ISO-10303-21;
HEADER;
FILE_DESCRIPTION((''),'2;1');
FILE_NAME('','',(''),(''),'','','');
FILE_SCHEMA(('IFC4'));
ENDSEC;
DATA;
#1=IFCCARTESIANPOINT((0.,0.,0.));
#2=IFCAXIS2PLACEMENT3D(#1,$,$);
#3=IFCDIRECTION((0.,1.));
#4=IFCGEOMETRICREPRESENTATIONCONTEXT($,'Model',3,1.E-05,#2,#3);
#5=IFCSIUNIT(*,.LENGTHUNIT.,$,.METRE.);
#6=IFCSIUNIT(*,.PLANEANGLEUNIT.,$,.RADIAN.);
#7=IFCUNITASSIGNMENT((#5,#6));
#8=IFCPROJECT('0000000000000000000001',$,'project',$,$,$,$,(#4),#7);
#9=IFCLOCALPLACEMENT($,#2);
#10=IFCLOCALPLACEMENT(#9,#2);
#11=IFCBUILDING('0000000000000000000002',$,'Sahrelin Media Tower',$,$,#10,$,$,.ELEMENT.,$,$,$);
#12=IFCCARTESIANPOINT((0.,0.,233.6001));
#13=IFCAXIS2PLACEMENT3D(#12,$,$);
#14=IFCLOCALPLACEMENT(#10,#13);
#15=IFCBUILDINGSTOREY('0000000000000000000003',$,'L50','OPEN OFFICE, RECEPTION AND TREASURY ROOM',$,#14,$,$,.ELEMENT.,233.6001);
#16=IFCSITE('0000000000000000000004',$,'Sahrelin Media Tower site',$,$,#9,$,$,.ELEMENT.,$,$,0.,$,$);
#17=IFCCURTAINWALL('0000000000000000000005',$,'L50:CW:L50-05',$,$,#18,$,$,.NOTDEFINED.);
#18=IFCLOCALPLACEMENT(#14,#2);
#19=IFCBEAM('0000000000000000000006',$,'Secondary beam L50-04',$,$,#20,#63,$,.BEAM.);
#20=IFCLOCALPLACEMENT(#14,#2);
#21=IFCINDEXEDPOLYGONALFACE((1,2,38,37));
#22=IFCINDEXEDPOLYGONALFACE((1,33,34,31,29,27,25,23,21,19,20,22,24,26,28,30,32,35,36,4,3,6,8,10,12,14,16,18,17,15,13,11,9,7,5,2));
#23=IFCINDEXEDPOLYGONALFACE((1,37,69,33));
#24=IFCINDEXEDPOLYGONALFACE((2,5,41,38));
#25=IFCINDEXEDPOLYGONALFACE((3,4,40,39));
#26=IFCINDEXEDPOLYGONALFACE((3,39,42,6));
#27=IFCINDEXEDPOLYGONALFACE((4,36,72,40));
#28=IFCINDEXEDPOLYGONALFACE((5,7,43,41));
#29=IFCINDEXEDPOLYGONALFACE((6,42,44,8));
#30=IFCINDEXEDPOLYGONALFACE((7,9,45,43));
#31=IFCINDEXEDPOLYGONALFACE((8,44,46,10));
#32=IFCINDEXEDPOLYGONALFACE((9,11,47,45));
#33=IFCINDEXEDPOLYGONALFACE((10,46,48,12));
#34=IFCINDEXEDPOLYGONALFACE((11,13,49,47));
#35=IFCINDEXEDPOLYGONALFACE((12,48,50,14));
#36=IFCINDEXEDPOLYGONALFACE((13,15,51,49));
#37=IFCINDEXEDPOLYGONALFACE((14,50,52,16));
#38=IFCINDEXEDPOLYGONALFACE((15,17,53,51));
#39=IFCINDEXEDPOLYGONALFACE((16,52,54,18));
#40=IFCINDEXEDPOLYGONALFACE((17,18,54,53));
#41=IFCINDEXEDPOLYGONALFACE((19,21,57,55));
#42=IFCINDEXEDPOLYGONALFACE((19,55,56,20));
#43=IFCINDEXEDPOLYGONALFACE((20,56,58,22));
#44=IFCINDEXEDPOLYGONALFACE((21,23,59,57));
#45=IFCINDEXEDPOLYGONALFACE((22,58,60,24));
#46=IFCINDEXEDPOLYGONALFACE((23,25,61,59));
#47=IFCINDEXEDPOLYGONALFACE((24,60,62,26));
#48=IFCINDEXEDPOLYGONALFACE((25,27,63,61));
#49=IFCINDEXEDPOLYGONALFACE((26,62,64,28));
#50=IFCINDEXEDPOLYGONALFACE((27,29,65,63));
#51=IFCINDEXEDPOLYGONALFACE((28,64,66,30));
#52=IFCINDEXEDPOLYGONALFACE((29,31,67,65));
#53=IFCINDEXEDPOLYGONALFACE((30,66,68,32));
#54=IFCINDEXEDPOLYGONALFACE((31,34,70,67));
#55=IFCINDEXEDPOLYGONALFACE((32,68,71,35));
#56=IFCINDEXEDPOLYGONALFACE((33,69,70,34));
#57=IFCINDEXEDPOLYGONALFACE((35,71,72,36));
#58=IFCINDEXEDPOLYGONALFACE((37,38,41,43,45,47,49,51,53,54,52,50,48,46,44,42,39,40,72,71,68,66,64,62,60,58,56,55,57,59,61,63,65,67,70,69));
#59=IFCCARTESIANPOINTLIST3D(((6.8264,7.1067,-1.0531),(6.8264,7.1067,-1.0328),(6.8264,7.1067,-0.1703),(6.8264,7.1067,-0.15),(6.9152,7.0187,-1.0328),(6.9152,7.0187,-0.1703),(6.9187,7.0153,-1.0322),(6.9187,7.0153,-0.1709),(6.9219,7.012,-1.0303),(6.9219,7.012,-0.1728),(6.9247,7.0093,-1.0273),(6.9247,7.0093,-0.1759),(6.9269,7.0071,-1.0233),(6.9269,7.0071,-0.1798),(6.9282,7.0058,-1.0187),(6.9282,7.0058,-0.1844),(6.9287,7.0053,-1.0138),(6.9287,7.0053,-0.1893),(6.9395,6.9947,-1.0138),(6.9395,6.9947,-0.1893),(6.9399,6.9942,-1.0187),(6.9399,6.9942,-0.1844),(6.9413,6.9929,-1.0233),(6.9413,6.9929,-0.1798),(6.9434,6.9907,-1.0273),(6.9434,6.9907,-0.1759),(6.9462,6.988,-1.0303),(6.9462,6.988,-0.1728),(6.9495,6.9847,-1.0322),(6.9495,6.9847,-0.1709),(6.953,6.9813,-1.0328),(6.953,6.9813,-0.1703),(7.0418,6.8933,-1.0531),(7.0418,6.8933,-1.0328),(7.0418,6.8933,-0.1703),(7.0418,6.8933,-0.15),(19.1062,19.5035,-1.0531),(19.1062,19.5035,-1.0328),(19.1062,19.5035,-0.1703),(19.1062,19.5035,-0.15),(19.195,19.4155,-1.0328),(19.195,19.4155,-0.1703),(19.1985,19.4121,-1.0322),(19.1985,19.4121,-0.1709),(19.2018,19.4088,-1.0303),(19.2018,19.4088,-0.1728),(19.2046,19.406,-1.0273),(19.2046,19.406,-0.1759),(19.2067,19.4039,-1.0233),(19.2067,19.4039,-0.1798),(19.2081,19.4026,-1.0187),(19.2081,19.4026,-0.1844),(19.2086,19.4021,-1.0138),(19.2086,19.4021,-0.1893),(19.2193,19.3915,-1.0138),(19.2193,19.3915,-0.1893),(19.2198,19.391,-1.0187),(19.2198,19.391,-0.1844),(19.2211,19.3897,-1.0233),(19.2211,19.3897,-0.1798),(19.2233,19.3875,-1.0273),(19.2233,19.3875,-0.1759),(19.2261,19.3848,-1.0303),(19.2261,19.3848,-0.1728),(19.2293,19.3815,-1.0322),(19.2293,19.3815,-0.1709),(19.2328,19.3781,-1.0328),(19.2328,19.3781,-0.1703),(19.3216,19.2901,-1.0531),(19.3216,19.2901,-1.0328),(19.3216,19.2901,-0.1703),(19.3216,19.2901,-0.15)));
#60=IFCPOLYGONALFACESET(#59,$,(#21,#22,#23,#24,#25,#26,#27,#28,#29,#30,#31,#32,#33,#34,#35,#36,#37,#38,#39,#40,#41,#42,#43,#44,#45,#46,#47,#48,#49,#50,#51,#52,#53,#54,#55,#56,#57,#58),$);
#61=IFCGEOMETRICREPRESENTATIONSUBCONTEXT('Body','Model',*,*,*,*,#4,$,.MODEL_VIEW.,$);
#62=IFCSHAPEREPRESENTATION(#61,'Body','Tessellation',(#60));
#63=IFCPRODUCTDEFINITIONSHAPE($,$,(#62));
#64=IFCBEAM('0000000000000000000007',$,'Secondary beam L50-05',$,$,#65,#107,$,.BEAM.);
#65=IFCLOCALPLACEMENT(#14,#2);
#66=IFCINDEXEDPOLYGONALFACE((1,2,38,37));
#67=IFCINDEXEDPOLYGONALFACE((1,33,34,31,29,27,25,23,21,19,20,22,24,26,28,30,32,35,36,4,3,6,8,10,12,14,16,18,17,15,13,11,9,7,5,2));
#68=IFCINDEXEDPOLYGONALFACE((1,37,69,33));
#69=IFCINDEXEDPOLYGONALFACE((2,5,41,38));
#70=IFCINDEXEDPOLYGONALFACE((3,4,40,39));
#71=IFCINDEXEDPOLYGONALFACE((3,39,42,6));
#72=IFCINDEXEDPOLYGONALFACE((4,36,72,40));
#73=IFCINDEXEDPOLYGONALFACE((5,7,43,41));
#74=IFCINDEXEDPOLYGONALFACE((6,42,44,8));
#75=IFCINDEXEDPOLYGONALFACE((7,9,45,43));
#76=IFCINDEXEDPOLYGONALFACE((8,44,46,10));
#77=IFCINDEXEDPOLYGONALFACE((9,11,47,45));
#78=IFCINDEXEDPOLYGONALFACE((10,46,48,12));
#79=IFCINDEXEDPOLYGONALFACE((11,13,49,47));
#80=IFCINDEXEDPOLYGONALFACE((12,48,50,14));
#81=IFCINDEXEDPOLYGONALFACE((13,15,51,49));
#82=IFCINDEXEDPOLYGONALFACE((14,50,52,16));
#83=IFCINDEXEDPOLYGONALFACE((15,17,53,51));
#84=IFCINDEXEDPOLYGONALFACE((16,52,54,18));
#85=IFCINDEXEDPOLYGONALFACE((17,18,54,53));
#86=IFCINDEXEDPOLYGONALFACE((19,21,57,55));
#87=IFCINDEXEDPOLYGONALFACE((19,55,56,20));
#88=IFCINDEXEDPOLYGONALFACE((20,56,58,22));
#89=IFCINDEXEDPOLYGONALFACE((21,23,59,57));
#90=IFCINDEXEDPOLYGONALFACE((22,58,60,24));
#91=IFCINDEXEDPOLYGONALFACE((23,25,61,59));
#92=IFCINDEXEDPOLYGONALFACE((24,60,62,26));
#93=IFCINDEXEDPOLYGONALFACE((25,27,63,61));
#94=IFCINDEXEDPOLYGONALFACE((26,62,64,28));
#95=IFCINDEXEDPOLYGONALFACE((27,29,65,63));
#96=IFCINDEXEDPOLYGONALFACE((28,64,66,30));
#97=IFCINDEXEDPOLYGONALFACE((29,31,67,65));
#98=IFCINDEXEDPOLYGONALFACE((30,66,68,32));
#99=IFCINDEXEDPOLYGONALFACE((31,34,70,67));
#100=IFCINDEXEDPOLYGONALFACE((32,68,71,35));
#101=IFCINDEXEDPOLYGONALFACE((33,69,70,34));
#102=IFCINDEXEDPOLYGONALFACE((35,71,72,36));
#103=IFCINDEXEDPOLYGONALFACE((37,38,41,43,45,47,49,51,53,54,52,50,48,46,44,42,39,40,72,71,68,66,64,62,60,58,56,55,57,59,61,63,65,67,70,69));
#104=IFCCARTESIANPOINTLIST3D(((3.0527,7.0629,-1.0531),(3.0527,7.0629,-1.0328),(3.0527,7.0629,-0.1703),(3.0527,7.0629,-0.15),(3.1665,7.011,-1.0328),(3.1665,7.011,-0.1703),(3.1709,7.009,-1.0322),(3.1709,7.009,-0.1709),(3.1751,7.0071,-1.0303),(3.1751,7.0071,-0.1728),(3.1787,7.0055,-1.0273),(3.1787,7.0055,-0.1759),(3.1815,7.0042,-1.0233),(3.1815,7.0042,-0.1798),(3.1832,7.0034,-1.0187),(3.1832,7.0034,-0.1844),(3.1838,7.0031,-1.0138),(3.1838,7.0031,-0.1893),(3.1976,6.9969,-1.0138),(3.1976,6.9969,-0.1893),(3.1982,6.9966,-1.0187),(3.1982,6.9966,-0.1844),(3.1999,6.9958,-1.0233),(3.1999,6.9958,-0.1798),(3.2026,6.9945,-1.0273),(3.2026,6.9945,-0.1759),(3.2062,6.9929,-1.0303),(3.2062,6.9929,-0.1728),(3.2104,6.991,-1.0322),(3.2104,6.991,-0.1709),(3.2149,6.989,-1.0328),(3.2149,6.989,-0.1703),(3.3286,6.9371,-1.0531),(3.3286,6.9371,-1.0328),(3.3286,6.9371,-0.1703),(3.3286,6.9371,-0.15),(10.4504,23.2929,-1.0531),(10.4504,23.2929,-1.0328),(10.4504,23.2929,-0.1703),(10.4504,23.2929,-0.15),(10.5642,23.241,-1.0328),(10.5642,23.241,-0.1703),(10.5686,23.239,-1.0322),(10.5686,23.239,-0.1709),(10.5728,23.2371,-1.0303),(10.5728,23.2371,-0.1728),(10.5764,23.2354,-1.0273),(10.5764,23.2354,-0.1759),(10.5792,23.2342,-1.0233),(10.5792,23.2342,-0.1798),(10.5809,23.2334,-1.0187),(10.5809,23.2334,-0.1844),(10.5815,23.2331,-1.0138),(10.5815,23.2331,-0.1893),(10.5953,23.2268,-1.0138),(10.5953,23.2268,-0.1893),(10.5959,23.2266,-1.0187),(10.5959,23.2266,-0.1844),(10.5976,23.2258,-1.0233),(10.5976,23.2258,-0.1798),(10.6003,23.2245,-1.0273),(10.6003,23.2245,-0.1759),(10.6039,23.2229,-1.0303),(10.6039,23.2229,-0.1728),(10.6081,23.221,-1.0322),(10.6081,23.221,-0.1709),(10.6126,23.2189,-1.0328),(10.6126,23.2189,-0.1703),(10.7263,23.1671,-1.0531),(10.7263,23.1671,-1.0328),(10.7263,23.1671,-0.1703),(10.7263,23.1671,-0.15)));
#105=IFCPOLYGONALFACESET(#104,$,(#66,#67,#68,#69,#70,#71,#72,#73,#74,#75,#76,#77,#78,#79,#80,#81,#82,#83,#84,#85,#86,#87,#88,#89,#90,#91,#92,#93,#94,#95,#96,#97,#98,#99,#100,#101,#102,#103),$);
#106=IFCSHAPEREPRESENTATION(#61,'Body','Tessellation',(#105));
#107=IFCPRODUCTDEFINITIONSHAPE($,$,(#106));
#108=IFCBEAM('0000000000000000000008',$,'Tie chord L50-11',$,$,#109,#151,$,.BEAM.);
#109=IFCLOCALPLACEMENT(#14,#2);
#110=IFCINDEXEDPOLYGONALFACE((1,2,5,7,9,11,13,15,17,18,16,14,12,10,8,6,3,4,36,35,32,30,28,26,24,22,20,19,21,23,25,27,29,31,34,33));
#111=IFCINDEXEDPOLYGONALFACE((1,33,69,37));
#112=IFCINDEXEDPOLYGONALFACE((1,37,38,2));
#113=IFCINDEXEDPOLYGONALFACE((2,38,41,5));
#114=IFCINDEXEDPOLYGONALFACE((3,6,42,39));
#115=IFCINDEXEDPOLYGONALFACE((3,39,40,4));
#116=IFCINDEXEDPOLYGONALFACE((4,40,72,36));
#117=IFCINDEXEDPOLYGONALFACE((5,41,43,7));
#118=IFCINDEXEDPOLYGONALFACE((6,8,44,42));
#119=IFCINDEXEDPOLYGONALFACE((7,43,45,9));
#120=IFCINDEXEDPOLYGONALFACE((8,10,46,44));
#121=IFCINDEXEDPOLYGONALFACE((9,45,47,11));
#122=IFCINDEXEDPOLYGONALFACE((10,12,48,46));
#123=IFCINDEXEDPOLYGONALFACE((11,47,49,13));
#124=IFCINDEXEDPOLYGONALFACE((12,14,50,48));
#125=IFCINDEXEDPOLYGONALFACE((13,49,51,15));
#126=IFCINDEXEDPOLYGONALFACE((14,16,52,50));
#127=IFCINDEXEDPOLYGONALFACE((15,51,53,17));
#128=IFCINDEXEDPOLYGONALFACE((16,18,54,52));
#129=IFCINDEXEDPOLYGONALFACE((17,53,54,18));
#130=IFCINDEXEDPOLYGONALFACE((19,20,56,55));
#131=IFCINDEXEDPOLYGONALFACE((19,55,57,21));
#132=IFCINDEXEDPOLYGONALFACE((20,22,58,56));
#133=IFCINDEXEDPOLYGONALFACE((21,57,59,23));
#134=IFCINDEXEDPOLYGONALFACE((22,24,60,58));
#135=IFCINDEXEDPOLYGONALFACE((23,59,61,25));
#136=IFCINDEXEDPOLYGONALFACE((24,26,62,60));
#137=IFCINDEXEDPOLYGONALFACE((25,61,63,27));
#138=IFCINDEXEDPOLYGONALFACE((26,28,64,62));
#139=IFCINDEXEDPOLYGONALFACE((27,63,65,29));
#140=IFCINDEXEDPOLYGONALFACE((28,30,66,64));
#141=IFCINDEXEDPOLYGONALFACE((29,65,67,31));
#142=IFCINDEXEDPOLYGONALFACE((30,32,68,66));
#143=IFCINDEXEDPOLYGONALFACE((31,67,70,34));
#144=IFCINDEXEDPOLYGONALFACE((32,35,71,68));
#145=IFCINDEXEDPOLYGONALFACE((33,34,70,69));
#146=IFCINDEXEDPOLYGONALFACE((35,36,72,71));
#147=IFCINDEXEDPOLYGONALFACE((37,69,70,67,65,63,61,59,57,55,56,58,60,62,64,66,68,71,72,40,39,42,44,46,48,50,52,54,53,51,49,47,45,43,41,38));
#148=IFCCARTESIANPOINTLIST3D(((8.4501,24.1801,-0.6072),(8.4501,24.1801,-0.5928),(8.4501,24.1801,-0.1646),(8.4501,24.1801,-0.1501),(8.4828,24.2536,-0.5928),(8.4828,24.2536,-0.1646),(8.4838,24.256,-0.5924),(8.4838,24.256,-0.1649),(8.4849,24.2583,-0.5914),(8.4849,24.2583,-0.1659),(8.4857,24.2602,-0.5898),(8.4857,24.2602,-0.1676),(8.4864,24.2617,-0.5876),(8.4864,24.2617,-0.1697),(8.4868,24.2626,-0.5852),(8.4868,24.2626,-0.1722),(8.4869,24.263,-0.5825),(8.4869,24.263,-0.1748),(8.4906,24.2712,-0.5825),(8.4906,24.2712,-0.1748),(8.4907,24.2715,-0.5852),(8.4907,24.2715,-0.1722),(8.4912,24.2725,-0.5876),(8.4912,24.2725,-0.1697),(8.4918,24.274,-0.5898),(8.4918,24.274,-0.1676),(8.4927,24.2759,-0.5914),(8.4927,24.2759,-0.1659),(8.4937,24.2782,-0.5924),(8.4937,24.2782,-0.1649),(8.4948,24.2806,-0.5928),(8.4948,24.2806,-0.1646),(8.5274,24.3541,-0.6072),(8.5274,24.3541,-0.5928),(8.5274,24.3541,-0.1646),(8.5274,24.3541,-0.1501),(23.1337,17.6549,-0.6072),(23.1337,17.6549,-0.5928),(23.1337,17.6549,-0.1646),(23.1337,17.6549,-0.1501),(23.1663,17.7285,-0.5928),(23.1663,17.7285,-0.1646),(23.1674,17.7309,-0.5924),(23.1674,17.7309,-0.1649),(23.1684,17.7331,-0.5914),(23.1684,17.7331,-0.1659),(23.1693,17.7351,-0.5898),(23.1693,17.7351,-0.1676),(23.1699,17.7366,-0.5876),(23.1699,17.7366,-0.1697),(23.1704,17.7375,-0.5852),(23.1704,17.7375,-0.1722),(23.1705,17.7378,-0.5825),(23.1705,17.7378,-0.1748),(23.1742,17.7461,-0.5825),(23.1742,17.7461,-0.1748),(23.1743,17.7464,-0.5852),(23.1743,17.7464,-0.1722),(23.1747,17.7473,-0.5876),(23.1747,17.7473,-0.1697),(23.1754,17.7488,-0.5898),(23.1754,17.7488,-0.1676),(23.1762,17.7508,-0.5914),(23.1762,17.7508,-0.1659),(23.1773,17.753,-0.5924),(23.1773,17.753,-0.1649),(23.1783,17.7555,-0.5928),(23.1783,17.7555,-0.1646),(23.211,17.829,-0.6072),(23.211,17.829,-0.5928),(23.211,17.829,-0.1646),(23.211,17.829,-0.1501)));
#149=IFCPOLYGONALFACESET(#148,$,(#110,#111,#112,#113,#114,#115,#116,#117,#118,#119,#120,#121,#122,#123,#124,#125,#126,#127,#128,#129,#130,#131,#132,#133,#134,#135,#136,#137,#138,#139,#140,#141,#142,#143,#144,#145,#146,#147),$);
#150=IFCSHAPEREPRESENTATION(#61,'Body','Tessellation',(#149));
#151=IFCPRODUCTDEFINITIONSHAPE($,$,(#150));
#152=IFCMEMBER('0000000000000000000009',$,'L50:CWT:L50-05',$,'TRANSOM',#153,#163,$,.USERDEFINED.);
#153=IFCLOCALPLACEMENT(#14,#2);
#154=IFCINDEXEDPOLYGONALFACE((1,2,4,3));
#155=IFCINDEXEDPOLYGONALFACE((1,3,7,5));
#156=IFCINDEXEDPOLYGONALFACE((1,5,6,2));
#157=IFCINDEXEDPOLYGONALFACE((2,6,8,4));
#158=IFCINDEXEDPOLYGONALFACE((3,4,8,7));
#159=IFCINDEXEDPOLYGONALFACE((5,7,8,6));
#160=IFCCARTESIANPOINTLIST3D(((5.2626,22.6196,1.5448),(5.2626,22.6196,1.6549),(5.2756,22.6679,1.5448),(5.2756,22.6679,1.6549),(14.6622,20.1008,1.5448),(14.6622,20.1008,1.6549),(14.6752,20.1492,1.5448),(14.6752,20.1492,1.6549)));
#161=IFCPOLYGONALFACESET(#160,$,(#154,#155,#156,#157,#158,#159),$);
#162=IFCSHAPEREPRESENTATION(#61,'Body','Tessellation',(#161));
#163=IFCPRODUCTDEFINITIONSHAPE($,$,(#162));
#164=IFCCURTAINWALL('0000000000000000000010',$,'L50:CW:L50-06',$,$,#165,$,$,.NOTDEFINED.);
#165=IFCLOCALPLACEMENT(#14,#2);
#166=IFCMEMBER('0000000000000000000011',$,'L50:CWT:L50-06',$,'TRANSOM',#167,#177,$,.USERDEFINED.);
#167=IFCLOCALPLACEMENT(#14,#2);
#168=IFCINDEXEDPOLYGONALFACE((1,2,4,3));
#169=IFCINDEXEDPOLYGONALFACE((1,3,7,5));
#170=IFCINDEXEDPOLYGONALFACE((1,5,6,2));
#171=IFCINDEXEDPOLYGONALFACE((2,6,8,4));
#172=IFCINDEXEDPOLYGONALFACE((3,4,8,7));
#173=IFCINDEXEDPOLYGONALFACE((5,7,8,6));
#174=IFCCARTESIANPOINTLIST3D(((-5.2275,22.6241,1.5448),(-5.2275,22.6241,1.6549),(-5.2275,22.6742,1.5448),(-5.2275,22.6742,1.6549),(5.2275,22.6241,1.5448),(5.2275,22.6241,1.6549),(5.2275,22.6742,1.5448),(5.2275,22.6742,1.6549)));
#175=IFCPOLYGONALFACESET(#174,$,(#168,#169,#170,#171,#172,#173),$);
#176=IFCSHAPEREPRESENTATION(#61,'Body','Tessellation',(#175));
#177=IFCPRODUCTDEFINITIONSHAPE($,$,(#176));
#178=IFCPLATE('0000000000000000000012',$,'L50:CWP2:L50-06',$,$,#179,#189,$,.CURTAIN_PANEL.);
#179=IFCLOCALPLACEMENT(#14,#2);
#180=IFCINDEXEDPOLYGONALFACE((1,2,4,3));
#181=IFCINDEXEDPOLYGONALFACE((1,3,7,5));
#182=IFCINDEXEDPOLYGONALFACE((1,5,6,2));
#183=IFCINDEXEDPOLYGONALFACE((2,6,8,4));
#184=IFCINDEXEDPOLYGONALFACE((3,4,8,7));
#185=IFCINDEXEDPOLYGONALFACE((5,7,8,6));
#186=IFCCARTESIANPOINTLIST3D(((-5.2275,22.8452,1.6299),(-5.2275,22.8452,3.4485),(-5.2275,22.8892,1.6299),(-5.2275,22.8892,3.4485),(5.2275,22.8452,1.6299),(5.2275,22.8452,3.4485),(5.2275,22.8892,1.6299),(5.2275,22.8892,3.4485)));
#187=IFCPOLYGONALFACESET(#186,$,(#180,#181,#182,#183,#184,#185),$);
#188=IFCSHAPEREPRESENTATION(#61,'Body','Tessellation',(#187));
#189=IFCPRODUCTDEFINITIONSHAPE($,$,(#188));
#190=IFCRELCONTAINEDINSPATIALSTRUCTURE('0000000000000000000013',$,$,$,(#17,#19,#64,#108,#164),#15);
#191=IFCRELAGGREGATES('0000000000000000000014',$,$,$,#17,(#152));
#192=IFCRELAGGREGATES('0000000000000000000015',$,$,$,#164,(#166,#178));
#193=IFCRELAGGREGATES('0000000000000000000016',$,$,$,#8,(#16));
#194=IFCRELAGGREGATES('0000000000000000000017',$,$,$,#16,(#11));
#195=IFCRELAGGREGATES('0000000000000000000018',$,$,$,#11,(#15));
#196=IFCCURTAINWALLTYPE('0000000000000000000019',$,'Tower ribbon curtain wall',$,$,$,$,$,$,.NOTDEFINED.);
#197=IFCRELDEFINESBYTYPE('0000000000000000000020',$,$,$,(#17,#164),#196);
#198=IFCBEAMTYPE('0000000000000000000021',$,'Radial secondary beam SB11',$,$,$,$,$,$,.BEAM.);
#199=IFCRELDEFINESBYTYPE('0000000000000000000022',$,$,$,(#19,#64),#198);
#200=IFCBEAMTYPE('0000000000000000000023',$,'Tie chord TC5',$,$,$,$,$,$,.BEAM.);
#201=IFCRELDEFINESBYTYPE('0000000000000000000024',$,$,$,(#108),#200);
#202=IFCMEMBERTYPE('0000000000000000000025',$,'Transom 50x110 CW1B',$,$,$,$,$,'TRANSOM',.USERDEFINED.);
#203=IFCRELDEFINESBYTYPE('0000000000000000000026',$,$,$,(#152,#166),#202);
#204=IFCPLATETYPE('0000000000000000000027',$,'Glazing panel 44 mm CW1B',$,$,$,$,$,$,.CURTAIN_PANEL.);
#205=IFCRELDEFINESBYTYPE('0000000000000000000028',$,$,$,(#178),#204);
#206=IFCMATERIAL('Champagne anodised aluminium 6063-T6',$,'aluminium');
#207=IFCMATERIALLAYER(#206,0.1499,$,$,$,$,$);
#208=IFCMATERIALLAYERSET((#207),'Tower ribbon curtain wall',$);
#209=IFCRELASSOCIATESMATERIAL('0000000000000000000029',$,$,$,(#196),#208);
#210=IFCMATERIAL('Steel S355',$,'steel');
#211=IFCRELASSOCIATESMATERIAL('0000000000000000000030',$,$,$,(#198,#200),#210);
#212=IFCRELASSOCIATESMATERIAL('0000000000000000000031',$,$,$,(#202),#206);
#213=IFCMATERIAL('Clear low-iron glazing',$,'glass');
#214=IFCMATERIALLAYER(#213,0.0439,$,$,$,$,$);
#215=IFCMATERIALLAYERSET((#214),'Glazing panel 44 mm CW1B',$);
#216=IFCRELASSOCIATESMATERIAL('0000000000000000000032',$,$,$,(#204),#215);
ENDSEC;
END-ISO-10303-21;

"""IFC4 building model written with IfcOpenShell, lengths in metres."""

from ifc_helpers import new_model, si_unit, direction, frame, origin, origin_2d, place, context, subcontext, project, spatial, polyline, rectangle, i_section, outline, extrude, material, layer, layer_set, material_profile, profile_set, type_object, element, aggregate, save


model = new_model("IFC4")

# Units and contexts
model_context = context("Model", 3, precision=1e-05, world=origin(), true_north=direction((0.0, 1.0)))
body_context = subcontext(model_context, "Body", "Model", "MODEL_VIEW")
ifc_project = project(units=[si_unit("LENGTHUNIT", "METRE"), si_unit("PLANEANGLEUNIT", "RADIAN")], contexts=[model_context])

# Site, building, storey
site_placement = place(None, origin())
site = spatial("IfcSite", under=ifc_project, at=site_placement, Name="Sahrelin Media Tower site", CompositionType="ELEMENT", RefElevation=0.0)
building_placement = place(site_placement, origin())
building = spatial("IfcBuilding", under=site, at=building_placement, Name="Sahrelin Media Tower", CompositionType="ELEMENT")
storey_placement = place(building_placement, frame((0.0, 0.0, 233.6001)))
storey = spatial("IfcBuildingStorey", under=building, at=storey_placement, Name="L50", Description="OPEN OFFICE, RECEPTION AND TREASURY ROOM", CompositionType="ELEMENT", Elevation=233.6001)

# Shared definitions
ifc_material_1 = material(Name="Steel S355", Category="steel")

# Curtain wall
ifc_material_2 = material(Name="Champagne anodised aluminium 6063-T6", Category="aluminium")
ifc_layer_1 = layer(ifc_material_2, 0.1499)
ifc_layer_set_1 = layer_set([ifc_layer_1], Name="Tower ribbon curtain wall")
curtain_wall_type = type_object("IfcCurtainWallType", Name="Tower ribbon curtain wall", PredefinedType="NOTDEFINED", material=ifc_layer_set_1)
curtain_wall_1_placement = place(storey_placement, frame((10.0256, 21.5969, 0.0), z_axis=(0.0, 0.0, 1.0), x_axis=(1.0, 0.0, 0.0)))
curtain_wall_1 = element("IfcCurtainWall", 1, at=curtain_wall_1_placement, inside=storey, type_object=curtain_wall_type, Name="L50:CW:L50-05", PredefinedType="NOTDEFINED")

# Beams
ifc_material_profile_1 = material_profile(ifc_material_1, i_section(OverallWidth=0.3032, OverallDepth=0.9031, WebThickness=0.0151, FlangeThickness=0.0203, FilletRadius=0.019, at=origin_2d()), Name="UB 914x305x201")
ifc_profile_set_1 = profile_set([ifc_material_profile_1], Name="Steel S355")
beam_type_1 = type_object("IfcBeamType", Name="Radial secondary beam SB11", PredefinedType="BEAM", material=ifc_profile_set_1)
beam_1_placement = place(storey_placement, frame((6.9341, 7.0, -0.6016), z_axis=(0.703748, 0.71045, 0.0), x_axis=(-0.71045, 0.703748, 0.0)))
element("IfcBeam", 2, at=beam_1_placement, inside=storey, type_object=beam_type_1, Name="Secondary beam L50-04", PredefinedType="BEAM", context=body_context, shape_type="SweptSolid", body=[
    extrude(i_section(OverallWidth=0.3032, OverallDepth=0.9031, WebThickness=0.0151, FlangeThickness=0.0203, FilletRadius=0.019, at=origin_2d()), origin(), (0.0, 0.0, 1.0), 17.4492),
])
beam_2_placement = place(storey_placement, frame((3.1907, 7.0, -0.6016), z_axis=(0.414753, 0.909934, 0.0), x_axis=(-0.909934, 0.414753, 0.0)))
element("IfcBeam", 3, at=beam_2_placement, inside=storey, type_object=beam_type_1, Name="Secondary beam L50-05", PredefinedType="BEAM", context=body_context, shape_type="SweptSolid", body=[
    extrude(i_section(OverallWidth=0.3032, OverallDepth=0.9031, WebThickness=0.0151, FlangeThickness=0.0203, FilletRadius=0.019, at=origin_2d()), origin(), (0.0, 0.0, 1.0), 17.8364),
])
ifc_material_profile_2 = material_profile(ifc_material_1, i_section(OverallWidth=0.1904, OverallDepth=0.457, WebThickness=0.009, FlangeThickness=0.0144, FilletRadius=0.0103, at=origin_2d()), Name="UB 457x191x74")
ifc_profile_set_2 = profile_set([ifc_material_profile_2], Name="Steel S355")
beam_type_2 = type_object("IfcBeamType", Name="Tie chord TC5", PredefinedType="BEAM", material=ifc_profile_set_2)
beam_3_placement = place(storey_placement, frame((8.4888, 24.2671, -0.3787), z_axis=(0.913832, -0.406092, 0.0), x_axis=(0.406092, 0.913832, 0.0)))
element("IfcBeam", 4, at=beam_3_placement, inside=storey, type_object=beam_type_2, Name="Tie chord L50-11", PredefinedType="BEAM", context=body_context, shape_type="SweptSolid", body=[
    extrude(i_section(OverallWidth=0.1904, OverallDepth=0.457, WebThickness=0.009, FlangeThickness=0.0144, FilletRadius=0.0103, at=origin_2d()), origin(), (0.0, 0.0, 1.0), 16.0681),
])

# Member
ifc_material_profile_3 = material_profile(ifc_material_2, rectangle(XDim=0.05, YDim=0.1101, at=origin_2d()), Name="Transom 50x110")
ifc_profile_set_3 = profile_set([ifc_material_profile_3], Name="Champagne anodised aluminium 6063-T6")
member_type_1 = type_object("IfcMemberType", Name="Transom 50x110 CW1B", ElementType="TRANSOM", PredefinedType="USERDEFINED", material=ifc_profile_set_3)
member_1_placement = place(storey_placement, frame((14.6687, 20.125, 1.5999), z_axis=(-0.965922, 0.258835, 0.0), x_axis=(-0.258835, -0.965922, 0.0)))
member_1 = element("IfcMember", 5, at=member_1_placement, type_object=member_type_1, Name="L50:CWT:L50-05", ObjectType="TRANSOM", PredefinedType="USERDEFINED", context=body_context, shape_type="SweptSolid", body=[
    extrude(rectangle(XDim=0.05, YDim=0.1101, at=origin_2d()), origin(), (0.0, 0.0, 1.0), 9.7312),
])
aggregate(curtain_wall_1, [member_1])

# Curtain wall, member, plate
placement_1 = place(storey_placement, frame((0.0, 22.8691, 0.0), z_axis=(0.0, 0.0, 1.0), x_axis=(1.0, 0.0, 0.0)))
curtain_wall_2 = element("IfcCurtainWall", 6, at=placement_1, inside=storey, type_object=curtain_wall_type, Name="L50:CW:L50-06", PredefinedType="NOTDEFINED")
member_2_placement = place(storey_placement, frame((5.2275, 22.6492, 1.5999), z_axis=(-1.0, 0.0, 0.0), x_axis=(0.0, -1.0, 0.0)))
member_2 = element("IfcMember", 7, at=member_2_placement, type_object=member_type_1, Name="L50:CWT:L50-06", ObjectType="TRANSOM", PredefinedType="USERDEFINED", context=body_context, shape_type="SweptSolid", body=[
    extrude(rectangle(XDim=0.05, YDim=0.1101, at=origin_2d()), origin(), (0.0, 0.0, 1.0), 10.4551),
])
ifc_material_3 = material(Name="Clear low-iron glazing", Category="glass")
ifc_layer_2 = layer(ifc_material_3, 0.0439)
ifc_layer_set_2 = layer_set([ifc_layer_2], Name="Glazing panel 44 mm CW1B")
plate_type_1 = type_object("IfcPlateType", Name="Glazing panel 44 mm CW1B", PredefinedType="CURTAIN_PANEL", material=ifc_layer_set_2)
plate_1_placement = place(storey_placement, frame((5.2275, 22.8892, 1.6299), z_axis=(0.0, 1.0, 0.0), x_axis=(-1.0, 0.0, 0.0)))
plate_1 = element("IfcPlate", 8, at=plate_1_placement, type_object=plate_type_1, Name="L50:CWP2:L50-06", PredefinedType="CURTAIN_PANEL", context=body_context, shape_type="SweptSolid", body=[
    extrude(outline(polyline([(0.0, 0.0), (10.4551, 0.0), (10.4551, 1.8186), (0.0, 1.8186), (0.0, 0.0)])), origin(), (0.0, 0.0, -1.0), 0.0439),
])
aggregate(curtain_wall_2, [member_2, plate_1])

save(model, "model.ifc")
